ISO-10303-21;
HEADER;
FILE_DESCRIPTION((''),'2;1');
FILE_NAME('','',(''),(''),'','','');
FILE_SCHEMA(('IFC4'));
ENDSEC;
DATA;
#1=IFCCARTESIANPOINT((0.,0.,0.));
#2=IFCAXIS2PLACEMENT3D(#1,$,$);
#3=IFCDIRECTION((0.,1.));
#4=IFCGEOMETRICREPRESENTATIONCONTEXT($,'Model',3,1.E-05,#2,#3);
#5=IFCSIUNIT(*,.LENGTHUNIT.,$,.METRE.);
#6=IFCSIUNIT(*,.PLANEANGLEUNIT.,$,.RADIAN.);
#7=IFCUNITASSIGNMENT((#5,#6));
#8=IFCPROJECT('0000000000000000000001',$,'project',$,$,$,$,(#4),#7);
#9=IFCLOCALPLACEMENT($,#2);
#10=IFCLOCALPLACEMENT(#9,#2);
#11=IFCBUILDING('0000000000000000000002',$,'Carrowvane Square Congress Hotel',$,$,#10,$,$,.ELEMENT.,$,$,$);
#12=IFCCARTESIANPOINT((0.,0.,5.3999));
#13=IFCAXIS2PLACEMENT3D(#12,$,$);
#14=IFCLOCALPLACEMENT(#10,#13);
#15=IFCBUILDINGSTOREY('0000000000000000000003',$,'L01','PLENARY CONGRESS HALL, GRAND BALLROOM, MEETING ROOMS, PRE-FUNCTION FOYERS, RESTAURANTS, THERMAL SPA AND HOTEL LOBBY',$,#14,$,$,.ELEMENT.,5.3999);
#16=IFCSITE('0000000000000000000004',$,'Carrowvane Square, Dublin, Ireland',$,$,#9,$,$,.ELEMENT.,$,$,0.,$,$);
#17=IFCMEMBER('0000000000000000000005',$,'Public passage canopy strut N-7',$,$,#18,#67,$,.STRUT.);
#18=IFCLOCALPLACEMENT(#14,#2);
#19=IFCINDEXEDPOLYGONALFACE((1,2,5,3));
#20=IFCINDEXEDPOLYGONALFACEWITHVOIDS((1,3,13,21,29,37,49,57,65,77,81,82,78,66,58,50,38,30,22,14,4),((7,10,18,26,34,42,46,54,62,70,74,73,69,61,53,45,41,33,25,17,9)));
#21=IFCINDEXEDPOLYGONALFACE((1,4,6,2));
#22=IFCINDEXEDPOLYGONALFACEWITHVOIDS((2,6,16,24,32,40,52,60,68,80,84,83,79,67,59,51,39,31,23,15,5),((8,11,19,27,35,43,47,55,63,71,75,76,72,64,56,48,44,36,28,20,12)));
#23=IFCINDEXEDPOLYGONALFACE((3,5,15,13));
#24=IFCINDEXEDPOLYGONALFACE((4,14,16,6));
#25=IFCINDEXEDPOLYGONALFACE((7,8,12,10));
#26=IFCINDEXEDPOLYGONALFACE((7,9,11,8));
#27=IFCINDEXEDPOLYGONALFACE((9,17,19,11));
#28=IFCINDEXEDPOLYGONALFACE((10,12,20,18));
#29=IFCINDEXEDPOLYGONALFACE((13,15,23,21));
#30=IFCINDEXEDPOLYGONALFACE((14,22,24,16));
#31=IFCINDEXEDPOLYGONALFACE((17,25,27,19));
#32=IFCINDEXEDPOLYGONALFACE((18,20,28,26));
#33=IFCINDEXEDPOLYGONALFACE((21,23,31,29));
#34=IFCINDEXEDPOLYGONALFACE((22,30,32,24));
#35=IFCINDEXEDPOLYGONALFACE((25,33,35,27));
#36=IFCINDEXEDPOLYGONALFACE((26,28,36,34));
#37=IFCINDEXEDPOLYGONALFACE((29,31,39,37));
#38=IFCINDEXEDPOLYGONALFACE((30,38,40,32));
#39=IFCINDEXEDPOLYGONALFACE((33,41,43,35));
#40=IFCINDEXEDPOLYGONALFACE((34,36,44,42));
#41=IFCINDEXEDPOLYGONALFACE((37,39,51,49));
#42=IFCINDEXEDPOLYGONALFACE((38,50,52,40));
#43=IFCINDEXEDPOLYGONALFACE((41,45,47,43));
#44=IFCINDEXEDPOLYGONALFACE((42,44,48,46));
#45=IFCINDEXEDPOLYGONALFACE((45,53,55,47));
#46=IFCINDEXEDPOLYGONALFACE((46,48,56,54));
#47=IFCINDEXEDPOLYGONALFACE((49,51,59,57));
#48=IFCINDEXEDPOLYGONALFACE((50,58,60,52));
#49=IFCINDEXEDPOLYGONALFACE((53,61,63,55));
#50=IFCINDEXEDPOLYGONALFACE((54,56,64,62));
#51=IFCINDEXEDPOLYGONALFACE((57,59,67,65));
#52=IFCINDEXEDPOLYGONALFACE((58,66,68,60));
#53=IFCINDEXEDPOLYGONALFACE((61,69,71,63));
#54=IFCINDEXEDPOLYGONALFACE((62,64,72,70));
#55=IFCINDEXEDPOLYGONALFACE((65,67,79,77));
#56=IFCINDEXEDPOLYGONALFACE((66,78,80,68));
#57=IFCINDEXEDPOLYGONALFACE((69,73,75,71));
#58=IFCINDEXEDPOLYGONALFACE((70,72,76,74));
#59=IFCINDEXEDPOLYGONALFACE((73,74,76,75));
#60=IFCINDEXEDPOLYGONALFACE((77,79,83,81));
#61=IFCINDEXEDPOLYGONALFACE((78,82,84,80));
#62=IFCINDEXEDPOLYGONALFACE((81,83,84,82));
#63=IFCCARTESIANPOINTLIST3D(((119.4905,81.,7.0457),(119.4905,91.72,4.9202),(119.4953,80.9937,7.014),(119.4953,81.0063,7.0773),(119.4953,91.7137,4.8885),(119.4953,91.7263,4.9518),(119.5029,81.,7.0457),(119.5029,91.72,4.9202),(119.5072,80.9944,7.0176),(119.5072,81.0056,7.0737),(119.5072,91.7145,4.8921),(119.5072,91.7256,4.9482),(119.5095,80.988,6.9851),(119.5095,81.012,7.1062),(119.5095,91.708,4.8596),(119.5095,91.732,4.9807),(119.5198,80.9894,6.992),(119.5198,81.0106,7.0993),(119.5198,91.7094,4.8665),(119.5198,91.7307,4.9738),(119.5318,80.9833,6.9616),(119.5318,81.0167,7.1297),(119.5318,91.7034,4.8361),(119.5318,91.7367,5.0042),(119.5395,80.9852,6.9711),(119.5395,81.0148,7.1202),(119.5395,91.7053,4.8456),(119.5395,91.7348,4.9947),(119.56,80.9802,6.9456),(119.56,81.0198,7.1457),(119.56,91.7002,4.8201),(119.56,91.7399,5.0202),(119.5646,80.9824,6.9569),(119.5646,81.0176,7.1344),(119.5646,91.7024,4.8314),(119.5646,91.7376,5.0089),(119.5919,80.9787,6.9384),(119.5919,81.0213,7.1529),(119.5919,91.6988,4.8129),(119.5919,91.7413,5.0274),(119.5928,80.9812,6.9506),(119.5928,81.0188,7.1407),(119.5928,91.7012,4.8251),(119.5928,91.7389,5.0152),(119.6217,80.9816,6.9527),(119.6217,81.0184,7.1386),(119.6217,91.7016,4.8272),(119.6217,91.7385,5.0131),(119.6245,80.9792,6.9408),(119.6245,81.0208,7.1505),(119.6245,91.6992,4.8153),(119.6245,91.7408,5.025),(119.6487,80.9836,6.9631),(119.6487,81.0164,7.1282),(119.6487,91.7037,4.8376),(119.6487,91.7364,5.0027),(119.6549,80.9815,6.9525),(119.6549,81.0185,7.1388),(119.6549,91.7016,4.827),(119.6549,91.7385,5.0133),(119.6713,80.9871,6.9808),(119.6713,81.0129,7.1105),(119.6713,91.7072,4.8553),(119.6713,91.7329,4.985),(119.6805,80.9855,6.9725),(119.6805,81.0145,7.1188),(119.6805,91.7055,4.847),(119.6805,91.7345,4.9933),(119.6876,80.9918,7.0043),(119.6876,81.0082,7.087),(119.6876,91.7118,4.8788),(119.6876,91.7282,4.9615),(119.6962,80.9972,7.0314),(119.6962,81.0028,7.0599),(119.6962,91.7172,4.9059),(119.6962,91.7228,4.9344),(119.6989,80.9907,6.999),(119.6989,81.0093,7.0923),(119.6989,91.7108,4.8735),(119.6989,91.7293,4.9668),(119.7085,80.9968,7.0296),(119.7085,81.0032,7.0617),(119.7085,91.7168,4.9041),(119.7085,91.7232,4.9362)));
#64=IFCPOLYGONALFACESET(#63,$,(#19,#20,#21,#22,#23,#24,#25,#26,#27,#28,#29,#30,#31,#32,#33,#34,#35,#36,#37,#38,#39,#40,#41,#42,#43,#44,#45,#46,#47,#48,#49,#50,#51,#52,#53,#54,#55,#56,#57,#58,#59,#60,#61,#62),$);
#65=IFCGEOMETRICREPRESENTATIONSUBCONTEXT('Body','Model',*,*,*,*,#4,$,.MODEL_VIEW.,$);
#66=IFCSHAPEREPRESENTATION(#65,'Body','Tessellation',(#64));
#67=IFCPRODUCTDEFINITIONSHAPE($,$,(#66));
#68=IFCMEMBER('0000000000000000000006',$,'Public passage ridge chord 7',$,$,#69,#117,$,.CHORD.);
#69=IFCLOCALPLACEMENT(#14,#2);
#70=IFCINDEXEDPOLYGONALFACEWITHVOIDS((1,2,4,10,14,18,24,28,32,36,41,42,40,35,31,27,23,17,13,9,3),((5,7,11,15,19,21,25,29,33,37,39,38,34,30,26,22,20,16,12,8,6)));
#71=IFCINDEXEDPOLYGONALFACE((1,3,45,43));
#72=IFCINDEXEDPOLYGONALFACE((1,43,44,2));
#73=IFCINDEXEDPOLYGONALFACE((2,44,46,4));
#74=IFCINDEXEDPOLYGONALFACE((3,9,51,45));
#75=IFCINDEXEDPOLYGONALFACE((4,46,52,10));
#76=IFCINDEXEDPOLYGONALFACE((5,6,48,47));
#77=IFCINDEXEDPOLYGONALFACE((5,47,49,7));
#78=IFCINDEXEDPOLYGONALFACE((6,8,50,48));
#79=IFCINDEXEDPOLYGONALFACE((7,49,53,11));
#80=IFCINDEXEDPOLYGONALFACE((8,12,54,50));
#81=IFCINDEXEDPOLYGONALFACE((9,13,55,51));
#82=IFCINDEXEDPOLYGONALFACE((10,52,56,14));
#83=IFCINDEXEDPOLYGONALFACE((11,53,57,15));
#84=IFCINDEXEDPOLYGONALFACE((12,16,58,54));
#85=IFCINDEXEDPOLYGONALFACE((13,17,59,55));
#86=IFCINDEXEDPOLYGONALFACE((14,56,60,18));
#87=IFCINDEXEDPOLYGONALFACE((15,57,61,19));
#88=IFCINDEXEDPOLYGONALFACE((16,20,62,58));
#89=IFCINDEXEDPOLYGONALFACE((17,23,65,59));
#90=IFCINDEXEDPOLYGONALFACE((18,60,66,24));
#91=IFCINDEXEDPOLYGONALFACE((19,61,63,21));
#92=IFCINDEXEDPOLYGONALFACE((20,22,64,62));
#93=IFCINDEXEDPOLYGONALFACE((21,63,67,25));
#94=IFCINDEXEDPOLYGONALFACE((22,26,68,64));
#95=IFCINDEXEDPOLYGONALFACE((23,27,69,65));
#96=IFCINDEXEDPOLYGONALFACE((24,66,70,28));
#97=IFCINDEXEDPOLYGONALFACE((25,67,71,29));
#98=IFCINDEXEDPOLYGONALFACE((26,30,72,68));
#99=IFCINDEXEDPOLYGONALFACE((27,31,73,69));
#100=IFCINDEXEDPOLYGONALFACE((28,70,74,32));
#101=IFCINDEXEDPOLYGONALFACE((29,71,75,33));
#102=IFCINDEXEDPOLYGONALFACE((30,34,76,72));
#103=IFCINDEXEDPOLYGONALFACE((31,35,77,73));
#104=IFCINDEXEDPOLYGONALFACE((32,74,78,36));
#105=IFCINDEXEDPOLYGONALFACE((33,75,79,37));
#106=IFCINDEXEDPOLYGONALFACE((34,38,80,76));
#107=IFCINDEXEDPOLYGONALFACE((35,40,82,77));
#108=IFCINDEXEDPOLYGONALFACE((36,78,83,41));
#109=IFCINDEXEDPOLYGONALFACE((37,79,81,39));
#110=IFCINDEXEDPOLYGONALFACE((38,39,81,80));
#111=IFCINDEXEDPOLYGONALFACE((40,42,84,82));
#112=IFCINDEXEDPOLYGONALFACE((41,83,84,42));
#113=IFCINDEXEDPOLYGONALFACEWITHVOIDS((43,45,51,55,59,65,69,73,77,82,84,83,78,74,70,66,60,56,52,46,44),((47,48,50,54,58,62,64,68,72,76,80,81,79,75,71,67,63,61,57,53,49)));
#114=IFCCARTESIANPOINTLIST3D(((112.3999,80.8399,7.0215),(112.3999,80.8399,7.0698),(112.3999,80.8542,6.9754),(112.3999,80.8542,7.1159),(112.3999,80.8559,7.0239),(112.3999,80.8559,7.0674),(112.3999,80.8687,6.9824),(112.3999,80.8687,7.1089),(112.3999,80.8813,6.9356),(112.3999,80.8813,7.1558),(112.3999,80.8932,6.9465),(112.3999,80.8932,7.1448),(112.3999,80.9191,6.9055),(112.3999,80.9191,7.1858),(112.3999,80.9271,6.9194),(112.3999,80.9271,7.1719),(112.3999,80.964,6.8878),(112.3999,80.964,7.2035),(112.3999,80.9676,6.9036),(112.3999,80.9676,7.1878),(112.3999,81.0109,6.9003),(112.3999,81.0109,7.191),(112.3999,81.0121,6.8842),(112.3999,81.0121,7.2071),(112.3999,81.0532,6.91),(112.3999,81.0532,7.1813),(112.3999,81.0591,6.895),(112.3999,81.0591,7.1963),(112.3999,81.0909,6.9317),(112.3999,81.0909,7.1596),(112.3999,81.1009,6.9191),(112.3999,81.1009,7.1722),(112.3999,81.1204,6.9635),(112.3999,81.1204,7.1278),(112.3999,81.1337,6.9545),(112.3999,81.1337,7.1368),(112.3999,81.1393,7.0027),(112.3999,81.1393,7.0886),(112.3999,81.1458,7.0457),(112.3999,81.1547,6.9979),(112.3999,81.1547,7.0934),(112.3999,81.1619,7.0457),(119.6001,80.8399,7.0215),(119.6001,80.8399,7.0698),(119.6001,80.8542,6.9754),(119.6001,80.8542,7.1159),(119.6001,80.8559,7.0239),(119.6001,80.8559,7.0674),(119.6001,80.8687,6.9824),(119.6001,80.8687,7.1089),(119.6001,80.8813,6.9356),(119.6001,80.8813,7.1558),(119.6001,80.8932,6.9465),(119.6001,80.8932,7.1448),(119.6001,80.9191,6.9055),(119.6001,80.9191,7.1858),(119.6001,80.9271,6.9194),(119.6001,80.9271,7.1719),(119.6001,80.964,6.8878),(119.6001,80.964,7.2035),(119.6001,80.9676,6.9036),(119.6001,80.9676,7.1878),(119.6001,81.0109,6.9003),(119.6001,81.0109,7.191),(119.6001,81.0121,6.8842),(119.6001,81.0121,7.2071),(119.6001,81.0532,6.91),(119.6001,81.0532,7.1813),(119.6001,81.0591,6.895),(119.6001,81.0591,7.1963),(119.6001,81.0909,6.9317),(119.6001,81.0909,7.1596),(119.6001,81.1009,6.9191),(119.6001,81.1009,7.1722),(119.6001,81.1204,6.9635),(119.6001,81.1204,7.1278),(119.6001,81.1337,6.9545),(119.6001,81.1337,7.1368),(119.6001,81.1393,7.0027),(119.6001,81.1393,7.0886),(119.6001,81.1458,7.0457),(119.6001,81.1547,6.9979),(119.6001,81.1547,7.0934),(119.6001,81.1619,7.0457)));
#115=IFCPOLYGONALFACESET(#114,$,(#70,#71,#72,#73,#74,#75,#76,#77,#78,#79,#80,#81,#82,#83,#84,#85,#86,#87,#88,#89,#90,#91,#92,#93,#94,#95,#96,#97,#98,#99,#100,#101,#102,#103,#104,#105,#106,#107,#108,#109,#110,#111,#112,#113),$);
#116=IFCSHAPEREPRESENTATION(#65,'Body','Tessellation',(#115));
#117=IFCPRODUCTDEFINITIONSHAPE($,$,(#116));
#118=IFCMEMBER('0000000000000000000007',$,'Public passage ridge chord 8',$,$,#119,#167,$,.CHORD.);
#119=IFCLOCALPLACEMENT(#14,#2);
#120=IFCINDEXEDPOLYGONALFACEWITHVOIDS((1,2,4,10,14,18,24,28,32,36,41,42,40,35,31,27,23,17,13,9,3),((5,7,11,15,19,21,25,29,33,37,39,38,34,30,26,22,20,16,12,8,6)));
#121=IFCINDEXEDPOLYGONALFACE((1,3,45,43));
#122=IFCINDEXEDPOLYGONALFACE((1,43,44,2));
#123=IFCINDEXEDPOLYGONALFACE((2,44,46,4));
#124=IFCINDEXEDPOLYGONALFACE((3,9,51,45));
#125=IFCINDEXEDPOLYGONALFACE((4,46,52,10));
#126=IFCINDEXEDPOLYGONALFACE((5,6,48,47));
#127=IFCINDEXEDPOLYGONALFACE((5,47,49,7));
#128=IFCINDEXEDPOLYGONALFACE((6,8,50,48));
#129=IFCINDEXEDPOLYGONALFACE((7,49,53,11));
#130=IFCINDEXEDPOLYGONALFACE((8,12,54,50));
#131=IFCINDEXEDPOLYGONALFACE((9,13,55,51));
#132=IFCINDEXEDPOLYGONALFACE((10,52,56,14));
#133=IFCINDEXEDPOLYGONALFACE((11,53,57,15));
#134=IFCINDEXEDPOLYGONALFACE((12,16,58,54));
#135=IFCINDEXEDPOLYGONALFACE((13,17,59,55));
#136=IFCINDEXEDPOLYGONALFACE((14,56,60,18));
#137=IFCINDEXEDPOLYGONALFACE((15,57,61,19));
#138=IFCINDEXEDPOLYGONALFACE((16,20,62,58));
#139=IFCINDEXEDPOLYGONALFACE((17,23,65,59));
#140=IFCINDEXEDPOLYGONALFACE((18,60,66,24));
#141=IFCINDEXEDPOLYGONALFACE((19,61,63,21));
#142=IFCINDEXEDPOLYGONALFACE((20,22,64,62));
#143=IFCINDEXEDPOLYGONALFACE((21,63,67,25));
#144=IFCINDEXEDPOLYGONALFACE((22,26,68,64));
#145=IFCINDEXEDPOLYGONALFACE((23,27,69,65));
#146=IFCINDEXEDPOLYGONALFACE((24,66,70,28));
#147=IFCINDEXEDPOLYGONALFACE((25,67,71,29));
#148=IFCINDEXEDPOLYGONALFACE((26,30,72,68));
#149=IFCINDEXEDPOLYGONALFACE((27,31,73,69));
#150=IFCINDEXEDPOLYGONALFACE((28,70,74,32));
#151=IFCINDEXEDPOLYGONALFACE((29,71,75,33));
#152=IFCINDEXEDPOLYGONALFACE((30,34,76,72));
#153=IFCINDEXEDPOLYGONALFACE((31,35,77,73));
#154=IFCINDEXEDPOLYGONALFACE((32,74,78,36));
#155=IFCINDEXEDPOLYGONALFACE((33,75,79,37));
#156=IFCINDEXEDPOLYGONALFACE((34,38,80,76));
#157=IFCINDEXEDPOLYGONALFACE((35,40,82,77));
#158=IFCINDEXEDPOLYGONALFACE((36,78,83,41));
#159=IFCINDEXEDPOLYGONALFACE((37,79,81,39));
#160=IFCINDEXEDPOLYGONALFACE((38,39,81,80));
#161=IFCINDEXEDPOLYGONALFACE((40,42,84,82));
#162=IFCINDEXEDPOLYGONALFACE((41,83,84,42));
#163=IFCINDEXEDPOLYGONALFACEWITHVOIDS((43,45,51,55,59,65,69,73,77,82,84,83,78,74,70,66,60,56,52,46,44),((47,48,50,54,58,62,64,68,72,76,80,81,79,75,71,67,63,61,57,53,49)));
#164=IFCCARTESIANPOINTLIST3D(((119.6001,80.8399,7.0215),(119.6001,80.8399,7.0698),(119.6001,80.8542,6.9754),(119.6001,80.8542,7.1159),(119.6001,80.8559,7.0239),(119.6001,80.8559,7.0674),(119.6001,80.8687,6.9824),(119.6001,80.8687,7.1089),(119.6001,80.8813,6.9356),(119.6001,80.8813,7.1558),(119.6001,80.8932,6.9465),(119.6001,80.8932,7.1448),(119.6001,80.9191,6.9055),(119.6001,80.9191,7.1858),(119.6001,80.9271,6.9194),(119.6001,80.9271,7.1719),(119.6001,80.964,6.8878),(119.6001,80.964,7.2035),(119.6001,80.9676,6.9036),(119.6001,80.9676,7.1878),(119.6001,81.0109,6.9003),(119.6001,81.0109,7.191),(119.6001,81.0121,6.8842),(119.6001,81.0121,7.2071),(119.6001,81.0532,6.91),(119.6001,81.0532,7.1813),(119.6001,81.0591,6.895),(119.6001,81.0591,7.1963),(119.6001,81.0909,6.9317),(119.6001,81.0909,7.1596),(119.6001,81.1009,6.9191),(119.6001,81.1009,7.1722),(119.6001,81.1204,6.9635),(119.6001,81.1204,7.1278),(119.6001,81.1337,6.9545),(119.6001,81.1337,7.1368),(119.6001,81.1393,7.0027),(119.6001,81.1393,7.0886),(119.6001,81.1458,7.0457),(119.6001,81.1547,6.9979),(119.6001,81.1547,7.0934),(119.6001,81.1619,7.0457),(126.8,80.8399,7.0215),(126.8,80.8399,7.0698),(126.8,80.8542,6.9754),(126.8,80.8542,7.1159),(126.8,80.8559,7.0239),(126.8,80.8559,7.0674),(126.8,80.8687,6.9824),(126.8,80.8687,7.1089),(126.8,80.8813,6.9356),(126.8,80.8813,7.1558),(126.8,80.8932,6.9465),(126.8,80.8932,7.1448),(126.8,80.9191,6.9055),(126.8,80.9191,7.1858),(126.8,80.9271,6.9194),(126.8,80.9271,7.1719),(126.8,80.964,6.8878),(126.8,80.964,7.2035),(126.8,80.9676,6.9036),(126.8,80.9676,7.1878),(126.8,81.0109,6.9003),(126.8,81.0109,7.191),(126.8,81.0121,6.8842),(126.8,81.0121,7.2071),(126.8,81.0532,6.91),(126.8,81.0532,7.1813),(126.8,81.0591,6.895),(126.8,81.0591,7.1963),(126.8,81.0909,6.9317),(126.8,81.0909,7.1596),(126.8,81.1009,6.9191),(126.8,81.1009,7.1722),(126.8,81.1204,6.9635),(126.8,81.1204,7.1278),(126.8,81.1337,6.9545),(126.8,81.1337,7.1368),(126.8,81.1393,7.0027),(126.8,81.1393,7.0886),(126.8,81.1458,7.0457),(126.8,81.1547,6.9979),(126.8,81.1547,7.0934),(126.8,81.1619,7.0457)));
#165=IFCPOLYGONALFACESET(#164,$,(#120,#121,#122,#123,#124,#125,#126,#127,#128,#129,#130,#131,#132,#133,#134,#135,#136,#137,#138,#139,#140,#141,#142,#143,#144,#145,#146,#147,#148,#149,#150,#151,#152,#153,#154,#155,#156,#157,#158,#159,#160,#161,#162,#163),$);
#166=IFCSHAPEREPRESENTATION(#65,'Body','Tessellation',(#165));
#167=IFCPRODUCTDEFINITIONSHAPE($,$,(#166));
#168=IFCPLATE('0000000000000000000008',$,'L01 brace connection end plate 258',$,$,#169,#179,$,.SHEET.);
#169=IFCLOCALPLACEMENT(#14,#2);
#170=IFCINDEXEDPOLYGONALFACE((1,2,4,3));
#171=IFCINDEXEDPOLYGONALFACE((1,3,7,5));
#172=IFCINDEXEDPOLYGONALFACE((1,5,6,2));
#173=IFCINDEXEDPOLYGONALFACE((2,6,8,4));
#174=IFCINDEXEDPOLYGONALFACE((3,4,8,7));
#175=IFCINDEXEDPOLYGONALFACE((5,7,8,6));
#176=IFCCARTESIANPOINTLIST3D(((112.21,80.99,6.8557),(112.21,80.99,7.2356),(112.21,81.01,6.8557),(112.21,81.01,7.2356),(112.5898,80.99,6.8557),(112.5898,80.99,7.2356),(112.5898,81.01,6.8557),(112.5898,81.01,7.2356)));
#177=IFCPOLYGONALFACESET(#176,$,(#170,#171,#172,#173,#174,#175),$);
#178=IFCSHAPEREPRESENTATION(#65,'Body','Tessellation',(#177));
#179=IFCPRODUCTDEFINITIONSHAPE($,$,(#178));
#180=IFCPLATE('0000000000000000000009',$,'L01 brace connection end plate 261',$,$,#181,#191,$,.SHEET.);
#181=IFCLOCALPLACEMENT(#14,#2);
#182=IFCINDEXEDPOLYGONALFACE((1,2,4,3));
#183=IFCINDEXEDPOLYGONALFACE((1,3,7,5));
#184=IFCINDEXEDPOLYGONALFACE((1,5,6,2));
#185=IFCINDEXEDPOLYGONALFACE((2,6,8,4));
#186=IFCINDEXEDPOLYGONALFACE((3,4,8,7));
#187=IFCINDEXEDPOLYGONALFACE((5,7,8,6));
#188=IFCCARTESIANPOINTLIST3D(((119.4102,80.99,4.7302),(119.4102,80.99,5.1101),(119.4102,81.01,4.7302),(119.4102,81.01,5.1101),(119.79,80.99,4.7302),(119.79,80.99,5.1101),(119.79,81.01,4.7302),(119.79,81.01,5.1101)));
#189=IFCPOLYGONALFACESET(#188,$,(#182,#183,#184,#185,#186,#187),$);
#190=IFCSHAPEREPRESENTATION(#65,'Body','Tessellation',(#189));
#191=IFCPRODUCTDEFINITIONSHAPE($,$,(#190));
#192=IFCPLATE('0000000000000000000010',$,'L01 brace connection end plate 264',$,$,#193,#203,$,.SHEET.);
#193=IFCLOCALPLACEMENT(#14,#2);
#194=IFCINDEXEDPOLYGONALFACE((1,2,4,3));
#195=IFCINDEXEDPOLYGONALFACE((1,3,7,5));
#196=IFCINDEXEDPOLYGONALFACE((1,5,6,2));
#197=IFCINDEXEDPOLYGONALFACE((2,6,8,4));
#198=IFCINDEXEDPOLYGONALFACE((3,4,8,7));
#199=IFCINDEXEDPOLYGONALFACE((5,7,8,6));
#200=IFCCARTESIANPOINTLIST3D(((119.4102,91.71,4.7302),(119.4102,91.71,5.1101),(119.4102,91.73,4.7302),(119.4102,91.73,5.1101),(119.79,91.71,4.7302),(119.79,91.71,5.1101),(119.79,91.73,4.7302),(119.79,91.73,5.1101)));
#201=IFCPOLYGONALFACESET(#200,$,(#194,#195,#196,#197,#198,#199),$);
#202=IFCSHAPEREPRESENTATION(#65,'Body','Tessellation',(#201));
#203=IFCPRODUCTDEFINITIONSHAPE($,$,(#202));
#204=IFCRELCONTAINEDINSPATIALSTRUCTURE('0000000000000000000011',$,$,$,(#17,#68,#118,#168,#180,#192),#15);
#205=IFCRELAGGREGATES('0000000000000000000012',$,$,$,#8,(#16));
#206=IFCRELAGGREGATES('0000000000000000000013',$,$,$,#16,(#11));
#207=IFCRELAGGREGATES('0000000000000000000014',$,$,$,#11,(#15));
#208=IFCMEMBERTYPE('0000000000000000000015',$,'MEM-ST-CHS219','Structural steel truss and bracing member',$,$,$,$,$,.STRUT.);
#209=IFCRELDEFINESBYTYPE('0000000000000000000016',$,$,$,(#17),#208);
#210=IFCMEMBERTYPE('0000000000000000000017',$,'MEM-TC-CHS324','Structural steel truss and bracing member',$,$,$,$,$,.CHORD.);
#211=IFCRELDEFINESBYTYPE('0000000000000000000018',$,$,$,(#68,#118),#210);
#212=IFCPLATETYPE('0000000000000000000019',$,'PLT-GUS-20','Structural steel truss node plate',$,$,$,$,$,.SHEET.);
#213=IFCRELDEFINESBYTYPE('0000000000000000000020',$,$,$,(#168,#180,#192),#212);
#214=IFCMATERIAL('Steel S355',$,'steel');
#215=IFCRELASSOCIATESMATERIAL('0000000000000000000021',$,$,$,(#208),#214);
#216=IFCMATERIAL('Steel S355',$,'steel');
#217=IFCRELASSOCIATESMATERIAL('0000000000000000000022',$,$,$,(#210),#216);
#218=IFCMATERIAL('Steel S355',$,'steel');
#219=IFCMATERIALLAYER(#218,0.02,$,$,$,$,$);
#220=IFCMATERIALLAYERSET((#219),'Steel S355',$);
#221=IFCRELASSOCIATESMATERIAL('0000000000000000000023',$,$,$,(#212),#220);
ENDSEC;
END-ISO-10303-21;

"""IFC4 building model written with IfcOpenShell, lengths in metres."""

from ifc_helpers import new_model, si_unit, direction, frame, origin, origin_2d, place, context, subcontext, project, spatial, rectangle, hollow_circle, extrude, material, layer, layer_set, material_profile, profile_set, type_object, element, save


model = new_model("IFC4")

# Units and contexts
model_context = context("Model", 3, precision=1e-05, world=origin(), true_north=direction((0.0, 1.0)))
body_context = subcontext(model_context, "Body", "Model", "MODEL_VIEW")
ifc_project = project(units=[si_unit("LENGTHUNIT", "METRE"), si_unit("PLANEANGLEUNIT", "RADIAN")], contexts=[model_context])

# Site, building, storey
site_placement = place(None, origin())
site = spatial("IfcSite", under=ifc_project, at=site_placement, Name="Carrowvane Square, Dublin, Ireland", CompositionType="ELEMENT", RefElevation=0.0)
building_placement = place(site_placement, origin())
building = spatial("IfcBuilding", under=site, at=building_placement, Name="Carrowvane Square Congress Hotel", CompositionType="ELEMENT")
storey_placement = place(building_placement, frame((0.0, 0.0, 5.3999)))
storey = spatial("IfcBuildingStorey", under=building, at=storey_placement, Name="L01", Description="PLENARY CONGRESS HALL, GRAND BALLROOM, MEETING ROOMS, PRE-FUNCTION FOYERS, RESTAURANTS, THERMAL SPA AND HOTEL LOBBY", CompositionType="ELEMENT", Elevation=5.3999)

# Members
ifc_material_1 = material(Name="Steel S355", Category="steel")
ifc_material_profile_1 = material_profile(ifc_material_1, hollow_circle(Radius=0.1096, WallThickness=0.0125, at=origin_2d()), Name="CHS 219.1x12.5")
ifc_profile_set_1 = profile_set([ifc_material_profile_1], Name="Steel S355")
member_type_1 = type_object("IfcMemberType", Name="MEM-ST-CHS219", Description="Structural steel truss and bracing member", PredefinedType="STRUT", material=ifc_profile_set_1)
member_1_placement = place(storey_placement, frame((119.6001, 81.0, 7.0457), z_axis=(0.0, 0.980905, -0.194488), x_axis=(-1.0, 0.0, 0.0)))
element("IfcMember", 1, at=member_1_placement, inside=storey, type_object=member_type_1, Name="Public passage canopy strut N-7", PredefinedType="STRUT", context=body_context, shape_type="SweptSolid", body=[
    extrude(hollow_circle(Radius=0.1096, WallThickness=0.0125, at=origin_2d()), origin(), (0.0, 0.0, 1.0), 10.9287),
])
ifc_material_2 = material(Name="Steel S355", Category="steel")
ifc_material_profile_2 = material_profile(ifc_material_2, hollow_circle(Radius=0.1619, WallThickness=0.0161, at=origin_2d()), Name="CHS 323.9x16")
ifc_profile_set_2 = profile_set([ifc_material_profile_2], Name="Steel S355")
member_type_2 = type_object("IfcMemberType", Name="MEM-TC-CHS324", Description="Structural steel truss and bracing member", PredefinedType="CHORD", material=ifc_profile_set_2)
member_2_placement = place(storey_placement, frame((112.3999, 81.0, 7.0457), z_axis=(1.0, 0.0, 0.0), x_axis=(0.0, 1.0, 0.0)))
element("IfcMember", 2, at=member_2_placement, inside=storey, type_object=member_type_2, Name="Public passage ridge chord 7", PredefinedType="CHORD", context=body_context, shape_type="SweptSolid", body=[
    extrude(hollow_circle(Radius=0.1619, WallThickness=0.0161, at=origin_2d()), origin(), (0.0, 0.0, 1.0), 7.2002),
])
member_3_placement = place(storey_placement, frame((119.6001, 81.0, 7.0457), z_axis=(1.0, 0.0, 0.0), x_axis=(0.0, 1.0, 0.0)))
element("IfcMember", 3, at=member_3_placement, inside=storey, type_object=member_type_2, Name="Public passage ridge chord 8", PredefinedType="CHORD", context=body_context, shape_type="SweptSolid", body=[
    extrude(hollow_circle(Radius=0.1619, WallThickness=0.0161, at=origin_2d()), origin(), (0.0, 0.0, 1.0), 7.2),
])

# Plates
ifc_material_3 = material(Name="Steel S355", Category="steel")
ifc_layer_1 = layer(ifc_material_3, 0.02)
ifc_layer_set_1 = layer_set([ifc_layer_1], Name="Steel S355")
plate_type_1 = type_object("IfcPlateType", Name="PLT-GUS-20", Description="Structural steel truss node plate", PredefinedType="SHEET", material=ifc_layer_set_1)
for number, where, z_axis, x_axis, name in (
    (4, (112.3999, 81.0, 6.8557), (0.0, 0.0, 1.0), (1.0, 0.0, 0.0), "L01 brace connection end plate 258"),
    (5, (119.6001, 81.0, 4.7302), (0.0, 0.0, 1.0), (1.0, 0.0, 0.0), "L01 brace connection end plate 261"),
    (6, (119.6001, 91.72, 4.7302), (0.0, 0.0, 1.0), (1.0, 0.0, 0.0), "L01 brace connection end plate 264"),
):
    element("IfcPlate", number, at=place(storey_placement, frame(where, z_axis=z_axis, x_axis=x_axis)), inside=storey, type_object=plate_type_1, Name=name, PredefinedType="SHEET", context=body_context, shape_type="SweptSolid", body=[
        extrude(rectangle(XDim=0.3799, YDim=0.02, at=origin_2d()), origin(), (0.0, 0.0, 1.0), 0.3799),
    ])

save(model, "model.ifc")
